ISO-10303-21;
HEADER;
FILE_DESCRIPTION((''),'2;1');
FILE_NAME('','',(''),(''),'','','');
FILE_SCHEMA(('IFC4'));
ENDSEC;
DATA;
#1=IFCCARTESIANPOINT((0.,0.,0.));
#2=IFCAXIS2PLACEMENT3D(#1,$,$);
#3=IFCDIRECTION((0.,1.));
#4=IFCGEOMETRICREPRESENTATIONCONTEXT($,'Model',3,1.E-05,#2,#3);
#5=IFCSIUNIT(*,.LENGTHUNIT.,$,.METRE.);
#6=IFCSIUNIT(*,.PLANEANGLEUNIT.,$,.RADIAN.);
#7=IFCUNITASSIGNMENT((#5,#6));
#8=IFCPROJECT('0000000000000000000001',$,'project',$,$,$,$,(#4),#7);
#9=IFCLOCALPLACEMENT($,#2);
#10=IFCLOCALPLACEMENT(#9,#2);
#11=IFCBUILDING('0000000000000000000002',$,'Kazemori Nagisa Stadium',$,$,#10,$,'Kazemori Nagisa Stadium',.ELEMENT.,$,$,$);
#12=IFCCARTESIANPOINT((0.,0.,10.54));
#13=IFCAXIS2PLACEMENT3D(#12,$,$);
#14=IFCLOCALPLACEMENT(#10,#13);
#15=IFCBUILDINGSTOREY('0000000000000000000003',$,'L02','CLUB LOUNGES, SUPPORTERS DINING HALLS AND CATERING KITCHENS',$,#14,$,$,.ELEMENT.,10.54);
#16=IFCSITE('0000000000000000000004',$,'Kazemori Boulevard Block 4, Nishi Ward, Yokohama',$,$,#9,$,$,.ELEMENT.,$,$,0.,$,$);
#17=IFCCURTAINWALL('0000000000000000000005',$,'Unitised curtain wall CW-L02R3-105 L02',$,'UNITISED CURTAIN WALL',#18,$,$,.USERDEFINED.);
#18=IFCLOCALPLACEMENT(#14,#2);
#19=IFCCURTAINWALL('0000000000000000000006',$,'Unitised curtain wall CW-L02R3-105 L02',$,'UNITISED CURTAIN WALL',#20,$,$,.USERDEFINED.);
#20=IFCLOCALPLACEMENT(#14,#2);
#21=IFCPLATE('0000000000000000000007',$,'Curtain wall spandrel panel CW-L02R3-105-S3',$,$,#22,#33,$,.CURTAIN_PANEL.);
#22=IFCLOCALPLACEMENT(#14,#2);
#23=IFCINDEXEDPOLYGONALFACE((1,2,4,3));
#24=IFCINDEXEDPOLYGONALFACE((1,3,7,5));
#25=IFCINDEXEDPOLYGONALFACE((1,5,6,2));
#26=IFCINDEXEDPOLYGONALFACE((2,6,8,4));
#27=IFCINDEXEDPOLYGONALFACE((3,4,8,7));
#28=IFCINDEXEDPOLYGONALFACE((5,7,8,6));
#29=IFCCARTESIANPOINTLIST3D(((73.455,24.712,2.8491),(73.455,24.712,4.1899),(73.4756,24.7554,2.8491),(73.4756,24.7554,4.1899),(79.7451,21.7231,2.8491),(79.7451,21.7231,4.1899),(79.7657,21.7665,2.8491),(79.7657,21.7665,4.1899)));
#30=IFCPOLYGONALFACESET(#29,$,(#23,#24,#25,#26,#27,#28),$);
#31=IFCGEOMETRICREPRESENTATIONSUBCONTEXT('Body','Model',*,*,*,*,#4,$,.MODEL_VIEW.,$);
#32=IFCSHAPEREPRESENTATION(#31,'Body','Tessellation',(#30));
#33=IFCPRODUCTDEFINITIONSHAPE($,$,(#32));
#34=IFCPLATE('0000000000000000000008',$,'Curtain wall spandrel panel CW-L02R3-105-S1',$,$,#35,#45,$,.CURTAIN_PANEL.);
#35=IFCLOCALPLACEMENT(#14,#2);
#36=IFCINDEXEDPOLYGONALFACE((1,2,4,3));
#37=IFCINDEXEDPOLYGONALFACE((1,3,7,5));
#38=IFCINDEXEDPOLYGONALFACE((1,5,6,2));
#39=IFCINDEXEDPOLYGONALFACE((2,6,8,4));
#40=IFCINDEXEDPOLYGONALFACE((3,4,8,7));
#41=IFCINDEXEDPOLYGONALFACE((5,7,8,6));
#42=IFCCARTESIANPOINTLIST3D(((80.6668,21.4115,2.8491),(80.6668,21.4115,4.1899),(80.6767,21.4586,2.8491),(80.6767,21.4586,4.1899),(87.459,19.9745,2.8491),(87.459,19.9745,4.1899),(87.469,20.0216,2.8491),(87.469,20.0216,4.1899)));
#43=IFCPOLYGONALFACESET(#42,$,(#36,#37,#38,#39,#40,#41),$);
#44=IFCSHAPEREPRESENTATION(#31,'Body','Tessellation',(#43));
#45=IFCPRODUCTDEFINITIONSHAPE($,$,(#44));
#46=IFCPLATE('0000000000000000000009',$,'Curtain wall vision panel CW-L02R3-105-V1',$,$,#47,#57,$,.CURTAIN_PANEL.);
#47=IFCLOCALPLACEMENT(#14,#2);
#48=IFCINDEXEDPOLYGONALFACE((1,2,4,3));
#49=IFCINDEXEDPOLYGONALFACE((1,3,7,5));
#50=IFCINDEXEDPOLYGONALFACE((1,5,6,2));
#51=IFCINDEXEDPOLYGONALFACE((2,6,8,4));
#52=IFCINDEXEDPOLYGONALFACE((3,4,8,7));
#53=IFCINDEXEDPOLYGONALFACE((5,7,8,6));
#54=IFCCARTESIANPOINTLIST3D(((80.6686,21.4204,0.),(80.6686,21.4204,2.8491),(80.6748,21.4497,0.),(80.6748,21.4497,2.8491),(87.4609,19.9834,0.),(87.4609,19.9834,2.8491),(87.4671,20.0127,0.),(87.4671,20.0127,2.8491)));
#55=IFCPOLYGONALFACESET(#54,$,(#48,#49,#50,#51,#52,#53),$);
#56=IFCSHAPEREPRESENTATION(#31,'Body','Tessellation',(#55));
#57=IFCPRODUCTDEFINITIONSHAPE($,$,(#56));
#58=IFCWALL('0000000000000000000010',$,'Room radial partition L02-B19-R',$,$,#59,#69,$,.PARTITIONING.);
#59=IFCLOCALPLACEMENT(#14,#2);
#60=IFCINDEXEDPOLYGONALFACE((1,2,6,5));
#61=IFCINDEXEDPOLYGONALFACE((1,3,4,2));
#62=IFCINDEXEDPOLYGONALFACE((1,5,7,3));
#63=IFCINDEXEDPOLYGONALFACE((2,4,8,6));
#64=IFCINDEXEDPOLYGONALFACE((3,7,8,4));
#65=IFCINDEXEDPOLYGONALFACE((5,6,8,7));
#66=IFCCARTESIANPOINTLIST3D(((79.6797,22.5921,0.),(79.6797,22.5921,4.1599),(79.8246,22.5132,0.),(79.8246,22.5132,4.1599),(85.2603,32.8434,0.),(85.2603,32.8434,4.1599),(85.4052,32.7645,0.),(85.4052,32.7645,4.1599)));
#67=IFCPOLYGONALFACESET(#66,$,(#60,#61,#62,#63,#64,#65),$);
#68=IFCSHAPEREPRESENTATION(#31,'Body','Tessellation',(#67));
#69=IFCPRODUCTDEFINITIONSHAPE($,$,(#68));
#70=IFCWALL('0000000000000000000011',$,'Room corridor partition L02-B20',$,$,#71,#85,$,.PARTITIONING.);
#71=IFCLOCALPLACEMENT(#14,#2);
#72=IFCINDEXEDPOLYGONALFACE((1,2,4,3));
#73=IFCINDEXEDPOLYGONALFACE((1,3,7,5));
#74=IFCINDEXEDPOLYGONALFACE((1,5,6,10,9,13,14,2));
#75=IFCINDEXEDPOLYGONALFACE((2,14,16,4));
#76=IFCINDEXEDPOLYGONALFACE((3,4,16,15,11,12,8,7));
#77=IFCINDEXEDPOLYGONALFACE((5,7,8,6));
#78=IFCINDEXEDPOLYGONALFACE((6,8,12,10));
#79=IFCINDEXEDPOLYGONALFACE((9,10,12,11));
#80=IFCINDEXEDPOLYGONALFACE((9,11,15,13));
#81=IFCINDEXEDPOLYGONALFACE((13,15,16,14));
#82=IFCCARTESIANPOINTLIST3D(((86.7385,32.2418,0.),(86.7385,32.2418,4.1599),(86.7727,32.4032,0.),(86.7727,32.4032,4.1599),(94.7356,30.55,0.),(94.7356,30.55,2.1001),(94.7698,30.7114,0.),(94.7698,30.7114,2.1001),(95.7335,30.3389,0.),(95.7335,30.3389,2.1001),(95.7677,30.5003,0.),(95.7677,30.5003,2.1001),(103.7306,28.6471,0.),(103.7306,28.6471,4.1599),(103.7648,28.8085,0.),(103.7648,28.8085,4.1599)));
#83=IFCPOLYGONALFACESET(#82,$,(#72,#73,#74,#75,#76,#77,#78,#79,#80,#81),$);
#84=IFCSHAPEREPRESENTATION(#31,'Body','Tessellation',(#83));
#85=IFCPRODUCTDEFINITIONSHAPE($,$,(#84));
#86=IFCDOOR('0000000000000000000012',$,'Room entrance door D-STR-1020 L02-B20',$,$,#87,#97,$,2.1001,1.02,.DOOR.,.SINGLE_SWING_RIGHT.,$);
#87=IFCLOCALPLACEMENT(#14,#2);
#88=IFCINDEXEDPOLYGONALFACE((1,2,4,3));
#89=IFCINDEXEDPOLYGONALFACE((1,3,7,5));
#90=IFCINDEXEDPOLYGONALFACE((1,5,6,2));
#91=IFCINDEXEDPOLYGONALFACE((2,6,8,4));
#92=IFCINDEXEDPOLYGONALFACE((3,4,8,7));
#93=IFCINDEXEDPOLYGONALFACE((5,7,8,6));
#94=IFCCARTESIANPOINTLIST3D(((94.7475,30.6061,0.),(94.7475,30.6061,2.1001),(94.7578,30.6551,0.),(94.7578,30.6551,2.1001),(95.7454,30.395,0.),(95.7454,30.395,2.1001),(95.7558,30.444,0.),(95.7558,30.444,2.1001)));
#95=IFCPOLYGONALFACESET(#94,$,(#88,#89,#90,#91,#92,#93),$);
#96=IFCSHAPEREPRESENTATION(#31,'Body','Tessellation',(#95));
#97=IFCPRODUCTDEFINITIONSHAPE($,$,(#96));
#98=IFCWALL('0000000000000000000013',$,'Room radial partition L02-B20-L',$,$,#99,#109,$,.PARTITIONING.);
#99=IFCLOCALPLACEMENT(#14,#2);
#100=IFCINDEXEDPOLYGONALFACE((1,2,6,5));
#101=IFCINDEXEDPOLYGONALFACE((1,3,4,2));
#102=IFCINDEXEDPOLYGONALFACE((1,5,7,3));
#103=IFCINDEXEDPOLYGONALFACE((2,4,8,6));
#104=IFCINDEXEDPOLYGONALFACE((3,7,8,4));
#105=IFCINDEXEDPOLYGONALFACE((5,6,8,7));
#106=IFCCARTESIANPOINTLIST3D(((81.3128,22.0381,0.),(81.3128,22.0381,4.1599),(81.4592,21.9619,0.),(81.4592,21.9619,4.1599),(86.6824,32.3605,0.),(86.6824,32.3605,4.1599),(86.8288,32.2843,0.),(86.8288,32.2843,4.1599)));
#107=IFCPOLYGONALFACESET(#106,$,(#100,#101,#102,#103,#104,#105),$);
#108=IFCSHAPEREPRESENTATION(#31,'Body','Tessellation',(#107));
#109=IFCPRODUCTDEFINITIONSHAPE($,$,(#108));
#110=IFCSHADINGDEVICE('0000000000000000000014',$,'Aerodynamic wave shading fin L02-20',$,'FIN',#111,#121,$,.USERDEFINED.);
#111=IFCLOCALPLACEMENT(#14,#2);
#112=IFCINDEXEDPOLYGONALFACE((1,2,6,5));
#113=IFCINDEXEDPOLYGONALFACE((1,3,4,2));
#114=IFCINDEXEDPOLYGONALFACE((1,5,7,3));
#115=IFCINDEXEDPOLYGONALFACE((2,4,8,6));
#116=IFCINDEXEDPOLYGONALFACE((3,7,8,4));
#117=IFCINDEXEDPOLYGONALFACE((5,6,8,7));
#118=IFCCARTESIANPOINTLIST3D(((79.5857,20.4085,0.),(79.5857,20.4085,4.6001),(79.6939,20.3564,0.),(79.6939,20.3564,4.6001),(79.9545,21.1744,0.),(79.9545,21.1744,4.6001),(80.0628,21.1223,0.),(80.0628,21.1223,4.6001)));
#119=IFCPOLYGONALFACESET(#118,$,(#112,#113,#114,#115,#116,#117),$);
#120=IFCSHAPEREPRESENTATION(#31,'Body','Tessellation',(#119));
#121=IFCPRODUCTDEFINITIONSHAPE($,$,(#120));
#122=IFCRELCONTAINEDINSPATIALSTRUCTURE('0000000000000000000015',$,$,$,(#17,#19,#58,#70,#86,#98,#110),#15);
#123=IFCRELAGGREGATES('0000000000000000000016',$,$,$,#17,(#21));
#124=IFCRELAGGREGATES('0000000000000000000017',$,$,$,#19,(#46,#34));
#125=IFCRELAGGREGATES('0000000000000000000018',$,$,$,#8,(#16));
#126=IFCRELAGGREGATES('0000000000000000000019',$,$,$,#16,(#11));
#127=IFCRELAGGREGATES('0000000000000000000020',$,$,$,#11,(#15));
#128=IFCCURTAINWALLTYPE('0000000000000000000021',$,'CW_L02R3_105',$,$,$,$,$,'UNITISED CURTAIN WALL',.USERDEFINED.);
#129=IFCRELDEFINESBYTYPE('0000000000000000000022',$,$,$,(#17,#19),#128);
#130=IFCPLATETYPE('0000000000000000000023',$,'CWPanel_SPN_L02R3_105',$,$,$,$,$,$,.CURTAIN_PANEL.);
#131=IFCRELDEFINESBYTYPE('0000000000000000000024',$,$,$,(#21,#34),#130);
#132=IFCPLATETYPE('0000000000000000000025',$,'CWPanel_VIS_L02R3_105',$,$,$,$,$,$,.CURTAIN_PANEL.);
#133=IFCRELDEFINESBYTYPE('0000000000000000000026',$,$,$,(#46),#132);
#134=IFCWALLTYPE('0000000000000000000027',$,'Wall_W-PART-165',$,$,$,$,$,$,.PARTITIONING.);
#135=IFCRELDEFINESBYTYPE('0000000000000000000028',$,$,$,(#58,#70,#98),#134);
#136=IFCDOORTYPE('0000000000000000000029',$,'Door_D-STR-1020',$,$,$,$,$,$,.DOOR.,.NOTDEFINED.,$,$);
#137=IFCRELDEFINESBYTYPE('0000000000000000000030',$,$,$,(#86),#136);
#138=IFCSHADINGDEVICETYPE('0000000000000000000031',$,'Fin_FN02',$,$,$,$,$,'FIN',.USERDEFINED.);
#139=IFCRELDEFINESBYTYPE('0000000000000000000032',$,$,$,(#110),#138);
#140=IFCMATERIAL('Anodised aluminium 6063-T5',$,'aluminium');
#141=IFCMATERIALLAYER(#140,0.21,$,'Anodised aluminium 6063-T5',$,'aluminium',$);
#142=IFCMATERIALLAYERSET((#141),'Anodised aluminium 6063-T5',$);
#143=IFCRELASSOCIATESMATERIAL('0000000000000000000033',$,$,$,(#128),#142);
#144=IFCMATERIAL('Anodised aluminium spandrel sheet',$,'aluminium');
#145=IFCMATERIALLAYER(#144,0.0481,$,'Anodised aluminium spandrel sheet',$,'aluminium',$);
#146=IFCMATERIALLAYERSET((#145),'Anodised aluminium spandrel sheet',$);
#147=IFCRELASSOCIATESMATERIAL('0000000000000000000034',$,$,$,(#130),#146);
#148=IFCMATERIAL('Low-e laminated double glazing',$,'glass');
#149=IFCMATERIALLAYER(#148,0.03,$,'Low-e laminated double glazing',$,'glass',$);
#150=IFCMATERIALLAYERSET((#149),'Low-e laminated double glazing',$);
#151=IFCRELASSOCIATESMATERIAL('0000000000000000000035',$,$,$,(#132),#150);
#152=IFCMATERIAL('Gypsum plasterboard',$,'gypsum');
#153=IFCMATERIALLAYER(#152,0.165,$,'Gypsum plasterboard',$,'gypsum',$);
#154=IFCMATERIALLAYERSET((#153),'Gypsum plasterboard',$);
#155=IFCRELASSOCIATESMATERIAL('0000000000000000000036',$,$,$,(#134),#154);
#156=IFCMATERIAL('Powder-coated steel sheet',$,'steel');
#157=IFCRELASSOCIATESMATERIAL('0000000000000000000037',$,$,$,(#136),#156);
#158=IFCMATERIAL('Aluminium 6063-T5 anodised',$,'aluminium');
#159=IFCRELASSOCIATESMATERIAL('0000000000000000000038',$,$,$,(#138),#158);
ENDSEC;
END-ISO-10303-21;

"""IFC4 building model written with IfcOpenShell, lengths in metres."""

from ifc_helpers import new_model, si_unit, direction, frame, frame_2d, origin, origin_2d, place, context, subcontext, project, spatial, rectangle, extrude, material, layer, layer_set, type_object, element, fill, aggregate, save


model = new_model("IFC4")

# Units and contexts
model_context = context("Model", 3, precision=1e-05, world=origin(), true_north=direction((0.0, 1.0)))
body_context = subcontext(model_context, "Body", "Model", "MODEL_VIEW")
ifc_project = project(units=[si_unit("LENGTHUNIT", "METRE"), si_unit("PLANEANGLEUNIT", "RADIAN")], contexts=[model_context])

# Site, building, storey
site_placement = place(None, origin())
site = spatial("IfcSite", under=ifc_project, at=site_placement, Name="Kazemori Boulevard Block 4, Nishi Ward, Yokohama", CompositionType="ELEMENT", RefElevation=0.0)
building_placement = place(site_placement, origin())
building = spatial("IfcBuilding", under=site, at=building_placement, Name="Kazemori Nagisa Stadium", LongName="Kazemori Nagisa Stadium", CompositionType="ELEMENT")
storey_placement = place(building_placement, frame((0.0, 0.0, 10.54)))
storey = spatial("IfcBuildingStorey", under=building, at=storey_placement, Name="L02", Description="CLUB LOUNGES, SUPPORTERS DINING HALLS AND CATERING KITCHENS", CompositionType="ELEMENT", Elevation=10.54)

# Curtain wall
ifc_material_1 = material(Name="Anodised aluminium 6063-T5", Category="aluminium")
ifc_layer_1 = layer(ifc_material_1, 0.21, Name="Anodised aluminium 6063-T5", Category="aluminium")
ifc_layer_set_1 = layer_set([ifc_layer_1], Name="Anodised aluminium 6063-T5")
curtain_wall_type = type_object("IfcCurtainWallType", Name="CW_L02R3_105", ElementType="UNITISED CURTAIN WALL", PredefinedType="USERDEFINED", material=ifc_layer_set_1)
curtain_wall_1_placement = place(storey_placement, origin())
curtain_wall_1 = element("IfcCurtainWall", 1, at=curtain_wall_1_placement, inside=storey, type_object=curtain_wall_type, Name="Unitised curtain wall CW-L02R3-105 L02", ObjectType="UNITISED CURTAIN WALL", PredefinedType="USERDEFINED")
ifc_material_2 = material(Name="Aluminium 6063-T5 anodised", Category="aluminium")

# Curtain wall
curtain_wall_2_placement = place(storey_placement, origin())
curtain_wall_2 = element("IfcCurtainWall", 2, at=curtain_wall_2_placement, inside=storey, type_object=curtain_wall_type, Name="Unitised curtain wall CW-L02R3-105 L02", ObjectType="UNITISED CURTAIN WALL", PredefinedType="USERDEFINED")

# Plates
ifc_material_3 = material(Name="Anodised aluminium spandrel sheet", Category="aluminium")
ifc_layer_2 = layer(ifc_material_3, 0.0481, Name="Anodised aluminium spandrel sheet", Category="aluminium")
ifc_layer_set_2 = layer_set([ifc_layer_2], Name="Anodised aluminium spandrel sheet")
plate_type_1 = type_object("IfcPlateType", Name="CWPanel_SPN_L02R3_105", PredefinedType="CURTAIN_PANEL", material=ifc_layer_set_2)
plate_1_placement = place(storey_placement, frame((76.6104, 23.2393, 2.8491), z_axis=(0.0, 0.0, 1.0), x_axis=(0.903216, -0.429186, 0.0)))
plate_1 = element("IfcPlate", 3, at=plate_1_placement, type_object=plate_type_1, Name="Curtain wall spandrel panel CW-L02R3-105-S3", PredefinedType="CURTAIN_PANEL", context=body_context, shape_type="SweptSolid", body=[
    extrude(rectangle(XDim=6.9641, YDim=0.0481, at=origin_2d()), origin(), (0.0, 0.0, 1.0), 1.3408),
])
aggregate(curtain_wall_1, [plate_1])
plate_2_placement = place(storey_placement, frame((84.0679, 20.7166, 2.8491), z_axis=(0.0, 0.0, 1.0), x_axis=(0.978345, -0.206981, 0.0)))
plate_2 = element("IfcPlate", 4, at=plate_2_placement, type_object=plate_type_1, Name="Curtain wall spandrel panel CW-L02R3-105-S1", PredefinedType="CURTAIN_PANEL", context=body_context, shape_type="SweptSolid", body=[
    extrude(rectangle(XDim=6.9426, YDim=0.0481, at=origin_2d()), origin(), (0.0, 0.0, 1.0), 1.3408),
])
ifc_material_4 = material(Name="Low-e laminated double glazing", Category="glass")
ifc_layer_3 = layer(ifc_material_4, 0.03, Name="Low-e laminated double glazing", Category="glass")
ifc_layer_set_3 = layer_set([ifc_layer_3], Name="Low-e laminated double glazing")
plate_type_2 = type_object("IfcPlateType", Name="CWPanel_VIS_L02R3_105", PredefinedType="CURTAIN_PANEL", material=ifc_layer_set_3)
plate_3_placement = place(storey_placement, frame((84.0679, 20.7166, 0.0), z_axis=(0.0, 0.0, 1.0), x_axis=(0.978345, -0.206981, 0.0)))
plate_3 = element("IfcPlate", 5, at=plate_3_placement, type_object=plate_type_2, Name="Curtain wall vision panel CW-L02R3-105-V1", PredefinedType="CURTAIN_PANEL", context=body_context, shape_type="SweptSolid", body=[
    extrude(rectangle(XDim=6.9426, YDim=0.03, at=origin_2d()), origin(), (0.0, 0.0, 1.0), 2.8491),
])
aggregate(curtain_wall_2, [plate_3, plate_2])

# Wall
ifc_material_5 = material(Name="Gypsum plasterboard", Category="gypsum")
ifc_layer_4 = layer(ifc_material_5, 0.165, Name="Gypsum plasterboard", Category="gypsum")
ifc_layer_set_4 = layer_set([ifc_layer_4], Name="Gypsum plasterboard")
wall_type = type_object("IfcWallType", Name="Wall_W-PART-165", PredefinedType="PARTITIONING", material=ifc_layer_set_4)
wall_1_placement = place(storey_placement, frame((85.3328, 32.804, 0.0), z_axis=(0.0, 0.0, 1.0), x_axis=(-0.478125, -0.878292, 0.0)))
element("IfcWall", 6, at=wall_1_placement, inside=storey, type_object=wall_type, Name="Room radial partition L02-B19-R", PredefinedType="PARTITIONING", context=body_context, shape_type="SweptSolid", body=[
    extrude(rectangle(XDim=11.6719, YDim=0.165, at=frame_2d((5.8359, 0.0))), origin(), (0.0, 0.0, 1.0), 4.1599),
])

# Wall, opening, door
wall_2_placement = place(storey_placement, frame((86.7556, 32.3225, 0.0), z_axis=(0.0, 0.0, 1.0), x_axis=(0.978347, -0.206971, 0.0)))
wall_2 = element("IfcWall", 7, at=wall_2_placement, inside=storey, type_object=wall_type, Name="Room corridor partition L02-B20", PredefinedType="PARTITIONING", context=body_context, shape_type="SweptSolid", body=[
    extrude(rectangle(XDim=17.3682, YDim=0.165, at=frame_2d((8.6841, 0.0))), origin(), (0.0, 0.0, 1.0), 4.1599),
])
opening_placement = place(wall_2_placement, frame((8.1741, 0.0, 0.0)))
opening = element("IfcOpeningElement", 8, at=opening_placement, cuts=wall_2, PredefinedType="OPENING", context=body_context, shape_type="SweptSolid", body=[
    extrude(rectangle(XDim=1.02, YDim=2.1001, at=frame_2d((0.51, 1.05))), frame((0.0, 0.0925, 0.0), z_axis=(0.0, -1.0, 0.0), x_axis=(1.0, 0.0, 0.0)), (0.0, 0.0, 1.0), 0.1851),
])
ifc_material_6 = material(Name="Powder-coated steel sheet", Category="steel")
door_type = type_object("IfcDoorType", Name="Door_D-STR-1020", OperationType="NOTDEFINED", PredefinedType="DOOR", material=ifc_material_6)
door_placement = place(opening_placement, origin())
door = element("IfcDoor", 9, at=door_placement, inside=storey, type_object=door_type, Name="Room entrance door D-STR-1020 L02-B20", OperationType="SINGLE_SWING_RIGHT", OverallHeight=2.1001, OverallWidth=1.02, PredefinedType="DOOR", context=body_context, shape_type="SweptSolid", body=[
    extrude(rectangle(XDim=1.02, YDim=2.1001, at=frame_2d((0.51, 1.05))), frame((0.0, 0.0249, 0.0), z_axis=(0.0, -1.0, 0.0), x_axis=(1.0, 0.0, 0.0)), (0.0, 0.0, 1.0), 0.05),
])
fill(opening, door)

# Wall
wall_3_placement = place(storey_placement, frame((86.7556, 32.3225, 0.0), z_axis=(0.0, 0.0, 1.0), x_axis=(-0.461483, -0.887149, 0.0)))
element("IfcWall", 10, at=wall_3_placement, inside=storey, type_object=wall_type, Name="Room radial partition L02-B20-L", PredefinedType="PARTITIONING", context=body_context, shape_type="SweptSolid", body=[
    extrude(rectangle(XDim=11.6355, YDim=0.165, at=frame_2d((5.8179, 0.0))), origin(), (0.0, 0.0, 1.0), 4.1599),
])

# Shading device
shading_device_type = type_object("IfcShadingDeviceType", Name="Fin_FN02", ElementType="FIN", PredefinedType="USERDEFINED", material=ifc_material_2)
shading_device_placement = place(storey_placement, frame((79.8242, 20.7654, 0.0), z_axis=(0.0, 0.0, 1.0), x_axis=(-0.433884, -0.900969, 0.0)))
element("IfcShadingDevice", 11, at=shading_device_placement, inside=storey, type_object=shading_device_type, Name="Aerodynamic wave shading fin L02-20", ObjectType="FIN", PredefinedType="USERDEFINED", context=body_context, shape_type="SweptSolid", body=[
    extrude(rectangle(XDim=0.8501, YDim=0.1201, at=origin_2d()), origin(), (0.0, 0.0, 1.0), 4.6001),
])

save(model, "model.ifc")
